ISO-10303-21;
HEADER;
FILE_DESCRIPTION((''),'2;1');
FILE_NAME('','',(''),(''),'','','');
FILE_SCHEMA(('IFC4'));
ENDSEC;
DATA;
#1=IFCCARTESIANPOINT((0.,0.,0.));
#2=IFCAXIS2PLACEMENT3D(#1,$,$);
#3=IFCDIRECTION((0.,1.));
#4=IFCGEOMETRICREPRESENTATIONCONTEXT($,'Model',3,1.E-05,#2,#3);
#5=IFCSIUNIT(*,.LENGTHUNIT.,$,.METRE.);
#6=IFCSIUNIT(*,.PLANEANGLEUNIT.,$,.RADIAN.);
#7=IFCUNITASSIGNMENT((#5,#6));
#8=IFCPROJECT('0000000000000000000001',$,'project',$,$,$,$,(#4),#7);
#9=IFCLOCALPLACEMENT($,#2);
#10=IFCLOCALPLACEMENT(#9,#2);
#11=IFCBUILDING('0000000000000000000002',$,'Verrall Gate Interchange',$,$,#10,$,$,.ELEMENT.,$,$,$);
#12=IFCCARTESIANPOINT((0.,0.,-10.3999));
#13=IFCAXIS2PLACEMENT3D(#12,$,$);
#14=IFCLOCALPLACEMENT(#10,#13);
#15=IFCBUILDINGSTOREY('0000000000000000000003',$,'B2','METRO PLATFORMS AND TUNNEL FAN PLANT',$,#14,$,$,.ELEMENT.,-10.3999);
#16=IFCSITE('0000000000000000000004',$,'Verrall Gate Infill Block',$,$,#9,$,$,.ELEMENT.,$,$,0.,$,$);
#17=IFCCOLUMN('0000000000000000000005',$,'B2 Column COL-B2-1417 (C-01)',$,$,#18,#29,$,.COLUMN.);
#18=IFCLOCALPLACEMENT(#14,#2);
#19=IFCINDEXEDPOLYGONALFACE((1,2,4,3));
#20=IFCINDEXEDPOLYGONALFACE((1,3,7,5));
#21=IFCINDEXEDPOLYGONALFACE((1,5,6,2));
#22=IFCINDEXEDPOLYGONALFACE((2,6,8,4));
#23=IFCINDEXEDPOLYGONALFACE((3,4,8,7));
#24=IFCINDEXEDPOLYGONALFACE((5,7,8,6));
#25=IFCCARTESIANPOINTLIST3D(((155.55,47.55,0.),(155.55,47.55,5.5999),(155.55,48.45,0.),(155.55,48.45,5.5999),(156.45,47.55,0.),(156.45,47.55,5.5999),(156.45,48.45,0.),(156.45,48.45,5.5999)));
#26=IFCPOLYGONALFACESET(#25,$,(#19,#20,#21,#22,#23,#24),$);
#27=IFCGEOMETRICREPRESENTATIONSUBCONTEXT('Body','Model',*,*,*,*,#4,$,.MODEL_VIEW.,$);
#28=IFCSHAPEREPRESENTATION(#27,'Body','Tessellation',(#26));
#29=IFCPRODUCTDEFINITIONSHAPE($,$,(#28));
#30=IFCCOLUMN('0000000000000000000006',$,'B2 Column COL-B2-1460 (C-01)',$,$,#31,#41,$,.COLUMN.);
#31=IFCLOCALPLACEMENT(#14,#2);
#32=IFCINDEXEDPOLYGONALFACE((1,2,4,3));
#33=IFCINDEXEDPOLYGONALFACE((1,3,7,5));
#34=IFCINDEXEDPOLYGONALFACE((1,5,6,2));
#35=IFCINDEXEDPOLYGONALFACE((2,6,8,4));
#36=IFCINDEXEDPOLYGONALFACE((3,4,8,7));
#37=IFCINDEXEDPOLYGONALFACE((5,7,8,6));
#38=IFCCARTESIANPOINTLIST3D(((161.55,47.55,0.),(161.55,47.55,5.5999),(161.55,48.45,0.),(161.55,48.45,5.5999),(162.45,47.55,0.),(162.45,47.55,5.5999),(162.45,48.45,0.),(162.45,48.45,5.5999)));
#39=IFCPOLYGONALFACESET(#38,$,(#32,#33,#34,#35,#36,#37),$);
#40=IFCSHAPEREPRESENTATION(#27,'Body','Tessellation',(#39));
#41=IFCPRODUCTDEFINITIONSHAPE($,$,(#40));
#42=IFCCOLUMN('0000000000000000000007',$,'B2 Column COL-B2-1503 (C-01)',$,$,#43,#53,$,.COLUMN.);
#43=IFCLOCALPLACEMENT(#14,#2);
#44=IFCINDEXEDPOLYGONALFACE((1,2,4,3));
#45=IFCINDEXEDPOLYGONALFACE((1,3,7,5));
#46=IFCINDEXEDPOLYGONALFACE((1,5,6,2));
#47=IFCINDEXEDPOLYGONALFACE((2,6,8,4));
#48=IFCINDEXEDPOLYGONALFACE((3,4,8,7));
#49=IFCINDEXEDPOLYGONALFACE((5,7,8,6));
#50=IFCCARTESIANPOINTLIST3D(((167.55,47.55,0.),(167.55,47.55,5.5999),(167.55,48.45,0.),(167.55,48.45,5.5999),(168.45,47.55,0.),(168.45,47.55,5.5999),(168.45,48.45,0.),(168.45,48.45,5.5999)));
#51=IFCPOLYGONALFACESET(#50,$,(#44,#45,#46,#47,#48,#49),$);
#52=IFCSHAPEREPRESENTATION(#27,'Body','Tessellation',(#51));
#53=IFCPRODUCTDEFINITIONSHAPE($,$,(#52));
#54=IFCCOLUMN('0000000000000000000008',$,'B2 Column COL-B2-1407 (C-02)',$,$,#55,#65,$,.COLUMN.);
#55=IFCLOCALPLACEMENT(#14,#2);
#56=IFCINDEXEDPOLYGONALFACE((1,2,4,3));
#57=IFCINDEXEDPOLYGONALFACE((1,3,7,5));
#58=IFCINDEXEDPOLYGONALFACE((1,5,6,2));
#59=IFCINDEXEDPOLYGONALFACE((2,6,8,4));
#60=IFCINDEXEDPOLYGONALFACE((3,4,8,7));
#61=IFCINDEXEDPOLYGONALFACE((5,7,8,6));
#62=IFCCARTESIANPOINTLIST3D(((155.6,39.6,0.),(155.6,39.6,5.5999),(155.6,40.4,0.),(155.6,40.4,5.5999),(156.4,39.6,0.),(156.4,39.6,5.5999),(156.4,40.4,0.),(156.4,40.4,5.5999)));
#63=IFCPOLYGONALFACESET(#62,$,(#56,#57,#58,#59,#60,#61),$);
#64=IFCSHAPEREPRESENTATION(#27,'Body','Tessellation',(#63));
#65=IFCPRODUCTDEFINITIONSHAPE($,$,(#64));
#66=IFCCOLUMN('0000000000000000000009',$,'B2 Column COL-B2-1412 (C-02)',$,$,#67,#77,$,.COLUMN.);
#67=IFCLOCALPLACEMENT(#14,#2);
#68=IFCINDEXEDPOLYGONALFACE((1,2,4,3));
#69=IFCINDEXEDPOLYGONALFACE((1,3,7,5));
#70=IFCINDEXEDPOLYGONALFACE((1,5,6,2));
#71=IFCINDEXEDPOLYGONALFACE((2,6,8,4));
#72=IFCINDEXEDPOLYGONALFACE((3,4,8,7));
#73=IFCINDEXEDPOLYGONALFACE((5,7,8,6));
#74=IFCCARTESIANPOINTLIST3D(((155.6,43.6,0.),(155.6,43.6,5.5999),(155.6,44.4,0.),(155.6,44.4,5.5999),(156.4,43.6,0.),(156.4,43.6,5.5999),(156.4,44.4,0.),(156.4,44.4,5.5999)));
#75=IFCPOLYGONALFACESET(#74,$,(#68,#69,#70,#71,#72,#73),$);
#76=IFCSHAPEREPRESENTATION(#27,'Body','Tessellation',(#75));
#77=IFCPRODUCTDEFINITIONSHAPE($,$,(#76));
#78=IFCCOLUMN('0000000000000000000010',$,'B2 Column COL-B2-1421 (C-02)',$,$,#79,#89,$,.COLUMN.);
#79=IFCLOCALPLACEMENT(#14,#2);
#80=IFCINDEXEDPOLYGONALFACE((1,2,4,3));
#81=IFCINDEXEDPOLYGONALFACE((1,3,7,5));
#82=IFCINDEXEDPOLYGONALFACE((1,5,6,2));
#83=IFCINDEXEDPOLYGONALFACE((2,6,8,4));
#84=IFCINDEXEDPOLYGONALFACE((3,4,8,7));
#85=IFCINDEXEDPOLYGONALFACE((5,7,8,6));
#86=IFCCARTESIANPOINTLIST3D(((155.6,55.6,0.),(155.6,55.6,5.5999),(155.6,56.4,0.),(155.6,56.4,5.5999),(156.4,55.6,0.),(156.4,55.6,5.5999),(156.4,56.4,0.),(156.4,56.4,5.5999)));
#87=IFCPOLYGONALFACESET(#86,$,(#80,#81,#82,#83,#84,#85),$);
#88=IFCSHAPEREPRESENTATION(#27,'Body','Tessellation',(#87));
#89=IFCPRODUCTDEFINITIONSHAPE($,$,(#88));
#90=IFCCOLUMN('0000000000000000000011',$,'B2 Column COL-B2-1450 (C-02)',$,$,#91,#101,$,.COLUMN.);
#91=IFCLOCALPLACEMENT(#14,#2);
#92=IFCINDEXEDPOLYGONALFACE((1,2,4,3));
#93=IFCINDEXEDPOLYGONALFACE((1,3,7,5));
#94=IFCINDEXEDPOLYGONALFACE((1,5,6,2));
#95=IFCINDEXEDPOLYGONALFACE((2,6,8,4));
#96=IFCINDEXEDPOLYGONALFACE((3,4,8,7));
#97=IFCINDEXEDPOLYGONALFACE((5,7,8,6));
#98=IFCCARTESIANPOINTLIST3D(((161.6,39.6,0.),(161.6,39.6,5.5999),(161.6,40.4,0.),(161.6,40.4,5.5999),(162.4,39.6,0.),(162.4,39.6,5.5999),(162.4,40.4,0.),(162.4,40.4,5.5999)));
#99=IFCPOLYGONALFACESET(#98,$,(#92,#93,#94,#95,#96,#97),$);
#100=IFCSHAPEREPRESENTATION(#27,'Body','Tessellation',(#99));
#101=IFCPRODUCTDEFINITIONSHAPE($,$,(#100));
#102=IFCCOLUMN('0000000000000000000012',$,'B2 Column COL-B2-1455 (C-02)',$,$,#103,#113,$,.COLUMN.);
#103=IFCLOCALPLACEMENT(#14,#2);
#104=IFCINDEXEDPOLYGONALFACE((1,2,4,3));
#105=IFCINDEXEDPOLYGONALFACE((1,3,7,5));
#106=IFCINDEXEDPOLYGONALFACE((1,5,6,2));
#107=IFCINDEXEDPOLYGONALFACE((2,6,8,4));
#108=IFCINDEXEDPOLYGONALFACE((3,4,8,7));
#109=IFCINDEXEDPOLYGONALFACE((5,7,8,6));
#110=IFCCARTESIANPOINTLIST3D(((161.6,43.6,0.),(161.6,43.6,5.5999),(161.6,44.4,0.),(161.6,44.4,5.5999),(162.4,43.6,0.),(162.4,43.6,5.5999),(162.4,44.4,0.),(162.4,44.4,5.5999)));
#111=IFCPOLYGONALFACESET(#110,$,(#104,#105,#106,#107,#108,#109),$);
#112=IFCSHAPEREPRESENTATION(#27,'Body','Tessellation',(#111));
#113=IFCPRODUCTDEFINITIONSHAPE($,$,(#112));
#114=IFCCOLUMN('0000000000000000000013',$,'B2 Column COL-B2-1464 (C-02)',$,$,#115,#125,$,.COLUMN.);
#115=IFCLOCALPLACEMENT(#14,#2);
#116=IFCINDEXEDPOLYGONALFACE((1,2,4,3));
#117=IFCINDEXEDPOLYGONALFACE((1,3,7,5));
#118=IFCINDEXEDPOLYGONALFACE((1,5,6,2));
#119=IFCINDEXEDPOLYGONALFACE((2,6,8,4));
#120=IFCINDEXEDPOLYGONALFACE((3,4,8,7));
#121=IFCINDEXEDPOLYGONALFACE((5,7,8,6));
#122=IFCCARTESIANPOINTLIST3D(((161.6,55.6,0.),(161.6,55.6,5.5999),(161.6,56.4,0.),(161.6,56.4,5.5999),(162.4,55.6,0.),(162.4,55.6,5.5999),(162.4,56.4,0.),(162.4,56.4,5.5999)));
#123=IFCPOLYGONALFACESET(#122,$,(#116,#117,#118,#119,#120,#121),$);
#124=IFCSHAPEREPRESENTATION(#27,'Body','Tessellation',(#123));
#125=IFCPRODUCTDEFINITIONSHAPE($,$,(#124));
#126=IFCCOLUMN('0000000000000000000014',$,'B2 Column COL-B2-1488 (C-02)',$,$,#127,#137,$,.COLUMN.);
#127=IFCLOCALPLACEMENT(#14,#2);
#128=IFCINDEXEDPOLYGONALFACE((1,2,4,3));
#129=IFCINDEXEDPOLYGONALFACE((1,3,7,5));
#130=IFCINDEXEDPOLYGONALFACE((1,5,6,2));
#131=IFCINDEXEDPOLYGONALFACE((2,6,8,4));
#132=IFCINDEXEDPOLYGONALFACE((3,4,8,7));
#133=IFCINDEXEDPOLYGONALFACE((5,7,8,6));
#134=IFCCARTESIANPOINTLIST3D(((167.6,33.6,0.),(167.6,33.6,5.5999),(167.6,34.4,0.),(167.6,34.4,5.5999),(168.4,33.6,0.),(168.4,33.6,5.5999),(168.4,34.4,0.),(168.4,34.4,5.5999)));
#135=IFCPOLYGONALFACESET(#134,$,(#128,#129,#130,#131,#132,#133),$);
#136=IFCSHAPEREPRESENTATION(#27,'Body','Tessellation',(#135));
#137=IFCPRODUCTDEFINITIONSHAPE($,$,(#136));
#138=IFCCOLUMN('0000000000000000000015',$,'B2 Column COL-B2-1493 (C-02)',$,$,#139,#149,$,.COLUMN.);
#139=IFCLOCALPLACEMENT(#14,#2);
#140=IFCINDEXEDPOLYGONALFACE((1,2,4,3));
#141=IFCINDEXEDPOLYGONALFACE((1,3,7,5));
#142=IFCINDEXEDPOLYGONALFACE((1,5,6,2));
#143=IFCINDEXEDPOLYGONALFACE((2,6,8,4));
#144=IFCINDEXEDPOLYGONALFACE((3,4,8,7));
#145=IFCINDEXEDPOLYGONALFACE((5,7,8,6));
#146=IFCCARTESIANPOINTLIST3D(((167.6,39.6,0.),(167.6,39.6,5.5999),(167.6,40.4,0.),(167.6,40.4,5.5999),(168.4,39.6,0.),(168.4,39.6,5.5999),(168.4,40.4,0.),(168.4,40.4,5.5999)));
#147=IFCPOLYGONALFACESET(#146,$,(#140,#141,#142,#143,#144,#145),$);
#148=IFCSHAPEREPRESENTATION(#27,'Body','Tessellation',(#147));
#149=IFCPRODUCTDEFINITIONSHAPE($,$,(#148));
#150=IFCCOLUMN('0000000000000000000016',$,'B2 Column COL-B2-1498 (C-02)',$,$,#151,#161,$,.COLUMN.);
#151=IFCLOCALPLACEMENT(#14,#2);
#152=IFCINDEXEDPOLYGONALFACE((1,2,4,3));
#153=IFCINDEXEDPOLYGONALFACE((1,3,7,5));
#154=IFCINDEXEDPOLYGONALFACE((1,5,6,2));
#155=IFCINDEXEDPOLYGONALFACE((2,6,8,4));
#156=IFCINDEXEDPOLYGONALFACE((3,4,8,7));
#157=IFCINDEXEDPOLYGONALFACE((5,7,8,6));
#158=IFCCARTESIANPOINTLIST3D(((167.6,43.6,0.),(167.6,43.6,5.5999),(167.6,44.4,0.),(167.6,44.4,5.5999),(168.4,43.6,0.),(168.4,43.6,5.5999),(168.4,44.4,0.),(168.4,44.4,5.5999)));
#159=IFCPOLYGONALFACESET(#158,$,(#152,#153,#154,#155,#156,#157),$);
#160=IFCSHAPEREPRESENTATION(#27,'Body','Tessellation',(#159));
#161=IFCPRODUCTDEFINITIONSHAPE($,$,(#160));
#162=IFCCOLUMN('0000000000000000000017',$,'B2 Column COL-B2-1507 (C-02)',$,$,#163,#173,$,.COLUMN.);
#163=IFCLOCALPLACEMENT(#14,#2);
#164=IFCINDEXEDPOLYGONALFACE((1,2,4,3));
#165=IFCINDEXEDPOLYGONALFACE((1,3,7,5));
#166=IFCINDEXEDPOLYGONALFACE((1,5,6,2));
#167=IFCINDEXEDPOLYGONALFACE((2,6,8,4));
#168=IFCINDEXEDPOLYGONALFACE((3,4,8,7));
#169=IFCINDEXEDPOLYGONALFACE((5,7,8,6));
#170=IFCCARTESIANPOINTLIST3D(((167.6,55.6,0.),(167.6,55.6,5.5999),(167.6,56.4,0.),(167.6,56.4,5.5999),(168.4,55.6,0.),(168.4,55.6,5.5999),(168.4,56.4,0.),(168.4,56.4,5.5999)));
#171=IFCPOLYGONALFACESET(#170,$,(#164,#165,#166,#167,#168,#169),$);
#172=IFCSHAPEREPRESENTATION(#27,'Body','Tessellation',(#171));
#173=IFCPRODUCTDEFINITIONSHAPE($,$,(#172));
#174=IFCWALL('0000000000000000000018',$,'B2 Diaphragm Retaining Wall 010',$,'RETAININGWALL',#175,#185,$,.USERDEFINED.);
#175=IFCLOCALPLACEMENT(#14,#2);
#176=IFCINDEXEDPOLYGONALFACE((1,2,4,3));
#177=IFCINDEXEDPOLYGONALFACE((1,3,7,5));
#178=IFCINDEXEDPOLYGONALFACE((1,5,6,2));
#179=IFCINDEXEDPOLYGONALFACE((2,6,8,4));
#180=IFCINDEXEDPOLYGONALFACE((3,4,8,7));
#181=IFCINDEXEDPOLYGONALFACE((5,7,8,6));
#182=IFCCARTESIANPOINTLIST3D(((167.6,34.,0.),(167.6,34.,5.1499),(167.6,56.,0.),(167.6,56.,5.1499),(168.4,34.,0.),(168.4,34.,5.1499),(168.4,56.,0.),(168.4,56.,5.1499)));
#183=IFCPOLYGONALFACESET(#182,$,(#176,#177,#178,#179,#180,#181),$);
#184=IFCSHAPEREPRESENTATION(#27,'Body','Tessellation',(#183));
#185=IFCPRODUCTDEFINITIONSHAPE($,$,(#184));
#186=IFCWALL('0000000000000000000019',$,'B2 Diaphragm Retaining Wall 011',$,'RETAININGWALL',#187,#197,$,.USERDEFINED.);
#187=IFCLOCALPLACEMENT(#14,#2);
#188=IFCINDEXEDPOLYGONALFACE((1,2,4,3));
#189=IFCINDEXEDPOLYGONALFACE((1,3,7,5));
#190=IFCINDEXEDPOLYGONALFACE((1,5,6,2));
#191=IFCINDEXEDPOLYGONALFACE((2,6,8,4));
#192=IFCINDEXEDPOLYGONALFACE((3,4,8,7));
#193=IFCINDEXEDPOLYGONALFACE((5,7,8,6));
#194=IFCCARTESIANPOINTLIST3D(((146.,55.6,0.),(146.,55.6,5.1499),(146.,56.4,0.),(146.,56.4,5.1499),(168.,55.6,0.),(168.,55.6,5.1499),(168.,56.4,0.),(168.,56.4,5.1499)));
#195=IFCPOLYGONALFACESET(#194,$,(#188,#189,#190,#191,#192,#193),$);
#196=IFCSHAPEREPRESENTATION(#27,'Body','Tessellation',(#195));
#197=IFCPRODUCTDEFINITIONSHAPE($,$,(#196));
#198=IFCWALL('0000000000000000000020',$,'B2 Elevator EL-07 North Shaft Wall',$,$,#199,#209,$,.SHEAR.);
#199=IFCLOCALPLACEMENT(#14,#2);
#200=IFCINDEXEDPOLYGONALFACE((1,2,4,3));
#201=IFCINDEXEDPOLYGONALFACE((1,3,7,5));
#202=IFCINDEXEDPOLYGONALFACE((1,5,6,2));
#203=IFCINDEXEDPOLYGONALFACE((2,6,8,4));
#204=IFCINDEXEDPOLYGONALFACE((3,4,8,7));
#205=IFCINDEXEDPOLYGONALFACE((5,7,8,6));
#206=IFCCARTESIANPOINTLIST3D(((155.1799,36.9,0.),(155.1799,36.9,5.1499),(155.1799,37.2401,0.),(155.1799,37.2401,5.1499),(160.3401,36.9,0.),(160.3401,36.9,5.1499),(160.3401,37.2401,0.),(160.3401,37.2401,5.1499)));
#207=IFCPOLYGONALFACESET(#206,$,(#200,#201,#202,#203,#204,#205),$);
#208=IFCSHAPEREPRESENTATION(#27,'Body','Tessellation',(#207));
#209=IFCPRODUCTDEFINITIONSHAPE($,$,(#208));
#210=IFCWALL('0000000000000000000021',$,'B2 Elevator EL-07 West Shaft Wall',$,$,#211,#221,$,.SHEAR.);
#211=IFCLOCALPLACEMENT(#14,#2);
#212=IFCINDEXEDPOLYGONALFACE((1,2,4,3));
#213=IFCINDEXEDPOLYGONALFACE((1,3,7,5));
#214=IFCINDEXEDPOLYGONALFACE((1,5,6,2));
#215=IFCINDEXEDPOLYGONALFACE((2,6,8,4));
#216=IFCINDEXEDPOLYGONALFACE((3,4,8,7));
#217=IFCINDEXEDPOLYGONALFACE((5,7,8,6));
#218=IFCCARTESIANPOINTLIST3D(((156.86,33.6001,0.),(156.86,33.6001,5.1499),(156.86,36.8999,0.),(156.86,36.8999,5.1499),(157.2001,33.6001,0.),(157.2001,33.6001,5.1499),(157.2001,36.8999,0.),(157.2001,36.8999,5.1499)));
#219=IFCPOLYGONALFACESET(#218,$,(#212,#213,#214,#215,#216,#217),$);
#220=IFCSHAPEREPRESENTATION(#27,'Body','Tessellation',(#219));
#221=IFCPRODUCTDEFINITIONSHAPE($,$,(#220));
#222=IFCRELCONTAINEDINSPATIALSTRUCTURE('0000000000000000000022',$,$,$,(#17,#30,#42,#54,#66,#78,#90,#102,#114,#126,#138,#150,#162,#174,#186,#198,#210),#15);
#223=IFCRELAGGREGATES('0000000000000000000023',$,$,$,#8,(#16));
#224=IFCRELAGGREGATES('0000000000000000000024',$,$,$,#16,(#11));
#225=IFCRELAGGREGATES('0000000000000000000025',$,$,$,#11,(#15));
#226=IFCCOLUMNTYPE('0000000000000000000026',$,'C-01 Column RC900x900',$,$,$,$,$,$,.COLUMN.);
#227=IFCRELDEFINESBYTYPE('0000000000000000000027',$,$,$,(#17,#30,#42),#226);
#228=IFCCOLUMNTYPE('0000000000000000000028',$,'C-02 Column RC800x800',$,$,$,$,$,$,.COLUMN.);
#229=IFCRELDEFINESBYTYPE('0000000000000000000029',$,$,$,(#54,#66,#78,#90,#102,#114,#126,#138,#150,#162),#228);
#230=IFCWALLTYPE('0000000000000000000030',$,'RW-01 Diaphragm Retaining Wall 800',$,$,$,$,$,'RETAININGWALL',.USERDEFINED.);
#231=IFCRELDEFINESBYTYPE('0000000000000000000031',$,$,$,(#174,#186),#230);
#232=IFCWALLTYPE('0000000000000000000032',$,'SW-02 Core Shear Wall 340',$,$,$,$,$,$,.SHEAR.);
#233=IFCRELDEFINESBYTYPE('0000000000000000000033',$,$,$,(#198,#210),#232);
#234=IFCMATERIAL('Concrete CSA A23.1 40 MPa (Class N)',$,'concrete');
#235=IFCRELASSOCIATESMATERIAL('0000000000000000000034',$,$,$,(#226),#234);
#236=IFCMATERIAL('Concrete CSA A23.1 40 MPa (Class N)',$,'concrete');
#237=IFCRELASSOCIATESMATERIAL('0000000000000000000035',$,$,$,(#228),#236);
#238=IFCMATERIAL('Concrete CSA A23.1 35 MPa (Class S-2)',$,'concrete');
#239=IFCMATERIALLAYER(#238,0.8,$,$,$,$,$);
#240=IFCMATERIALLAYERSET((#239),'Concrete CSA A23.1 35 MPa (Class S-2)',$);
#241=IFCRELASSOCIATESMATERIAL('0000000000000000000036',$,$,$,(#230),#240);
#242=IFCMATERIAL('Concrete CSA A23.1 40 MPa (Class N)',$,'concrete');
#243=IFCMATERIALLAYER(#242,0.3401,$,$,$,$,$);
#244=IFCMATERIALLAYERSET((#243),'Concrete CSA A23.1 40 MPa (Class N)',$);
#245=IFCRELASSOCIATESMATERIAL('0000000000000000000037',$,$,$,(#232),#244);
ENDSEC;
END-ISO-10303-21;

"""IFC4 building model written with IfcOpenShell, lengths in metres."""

from ifc_helpers import new_model, si_unit, direction, frame, frame_2d, origin, origin_2d, place, context, subcontext, project, spatial, rectangle, extrude, material, layer, layer_set, material_profile, profile_set, type_object, element, save


model = new_model("IFC4")

# Units and contexts
model_context = context("Model", 3, precision=1e-05, world=origin(), true_north=direction((0.0, 1.0)))
body_context = subcontext(model_context, "Body", "Model", "MODEL_VIEW")
ifc_project = project(units=[si_unit("LENGTHUNIT", "METRE"), si_unit("PLANEANGLEUNIT", "RADIAN")], contexts=[model_context])

# Site, building, storey
site_placement = place(None, origin())
site = spatial("IfcSite", under=ifc_project, at=site_placement, Name="Verrall Gate Infill Block", CompositionType="ELEMENT", RefElevation=0.0)
building_placement = place(site_placement, origin())
building = spatial("IfcBuilding", under=site, at=building_placement, Name="Verrall Gate Interchange", CompositionType="ELEMENT")
storey_placement = place(building_placement, frame((0.0, 0.0, -10.3999)))
storey = spatial("IfcBuildingStorey", under=building, at=storey_placement, Name="B2", Description="METRO PLATFORMS AND TUNNEL FAN PLANT", CompositionType="ELEMENT", Elevation=-10.3999)

# Columns
ifc_material_1 = material(Name="Concrete CSA A23.1 40 MPa (Class N)", Category="concrete")
ifc_material_profile_1 = material_profile(ifc_material_1, rectangle(XDim=0.8999, YDim=0.8999, at=origin_2d()), Name="RC900x900")
ifc_profile_set_1 = profile_set([ifc_material_profile_1], Name="Concrete CSA A23.1 40 MPa (Class N)")
column_type_1 = type_object("IfcColumnType", Name="C-01 Column RC900x900", PredefinedType="COLUMN", material=ifc_profile_set_1)
for number, where, z_axis, x_axis, name in (
    (1, (156.0, 48.0, 0.0), (0.0, 0.0, 1.0), (1.0, 0.0, 0.0), "B2 Column COL-B2-1417 (C-01)"),
    (2, (162.0, 48.0, 0.0), (0.0, 0.0, 1.0), (1.0, 0.0, 0.0), "B2 Column COL-B2-1460 (C-01)"),
    (3, (168.0, 48.0, 0.0), (0.0, 0.0, 1.0), (1.0, 0.0, 0.0), "B2 Column COL-B2-1503 (C-01)"),
):
    element("IfcColumn", number, at=place(storey_placement, frame(where, z_axis=z_axis, x_axis=x_axis)), inside=storey, type_object=column_type_1, Name=name, PredefinedType="COLUMN", context=body_context, shape_type="SweptSolid", body=[
        extrude(rectangle(XDim=0.8999, YDim=0.8999, at=origin_2d()), origin(), (0.0, 0.0, 1.0), 5.5999),
    ])
ifc_material_2 = material(Name="Concrete CSA A23.1 40 MPa (Class N)", Category="concrete")
ifc_material_profile_2 = material_profile(ifc_material_2, rectangle(XDim=0.8, YDim=0.8, at=origin_2d()), Name="RC800x800")
ifc_profile_set_2 = profile_set([ifc_material_profile_2], Name="Concrete CSA A23.1 40 MPa (Class N)")
column_type_2 = type_object("IfcColumnType", Name="C-02 Column RC800x800", PredefinedType="COLUMN", material=ifc_profile_set_2)
for number, where, z_axis, x_axis, name in (
    (4, (156.0, 40.0, 0.0), (0.0, 0.0, 1.0), (1.0, 0.0, 0.0), "B2 Column COL-B2-1407 (C-02)"),
    (5, (156.0, 44.0, 0.0), (0.0, 0.0, 1.0), (1.0, 0.0, 0.0), "B2 Column COL-B2-1412 (C-02)"),
    (6, (156.0, 56.0, 0.0), (0.0, 0.0, 1.0), (1.0, 0.0, 0.0), "B2 Column COL-B2-1421 (C-02)"),
    (7, (162.0, 40.0, 0.0), (0.0, 0.0, 1.0), (1.0, 0.0, 0.0), "B2 Column COL-B2-1450 (C-02)"),
    (8, (162.0, 44.0, 0.0), (0.0, 0.0, 1.0), (1.0, 0.0, 0.0), "B2 Column COL-B2-1455 (C-02)"),
    (9, (162.0, 56.0, 0.0), (0.0, 0.0, 1.0), (1.0, 0.0, 0.0), "B2 Column COL-B2-1464 (C-02)"),
    (10, (168.0, 34.0, 0.0), (0.0, 0.0, 1.0), (1.0, 0.0, 0.0), "B2 Column COL-B2-1488 (C-02)"),
    (11, (168.0, 40.0, 0.0), (0.0, 0.0, 1.0), (1.0, 0.0, 0.0), "B2 Column COL-B2-1493 (C-02)"),
    (12, (168.0, 44.0, 0.0), (0.0, 0.0, 1.0), (1.0, 0.0, 0.0), "B2 Column COL-B2-1498 (C-02)"),
    (13, (168.0, 56.0, 0.0), (0.0, 0.0, 1.0), (1.0, 0.0, 0.0), "B2 Column COL-B2-1507 (C-02)"),
):
    element("IfcColumn", number, at=place(storey_placement, frame(where, z_axis=z_axis, x_axis=x_axis)), inside=storey, type_object=column_type_2, Name=name, PredefinedType="COLUMN", context=body_context, shape_type="SweptSolid", body=[
        extrude(rectangle(XDim=0.8, YDim=0.8, at=origin_2d()), origin(), (0.0, 0.0, 1.0), 5.5999),
    ])

# Walls
ifc_material_3 = material(Name="Concrete CSA A23.1 35 MPa (Class S-2)", Category="concrete")
ifc_layer_1 = layer(ifc_material_3, 0.8)
ifc_layer_set_1 = layer_set([ifc_layer_1], Name="Concrete CSA A23.1 35 MPa (Class S-2)")
wall_type_1 = type_object("IfcWallType", Name="RW-01 Diaphragm Retaining Wall 800", ElementType="RETAININGWALL", PredefinedType="USERDEFINED", material=ifc_layer_set_1)
for number, where, z_axis, x_axis, name in (
    (14, (168.0, 34.0, 0.0), (0.0, 0.0, 1.0), (0.0, 1.0, 0.0), "B2 Diaphragm Retaining Wall 010"),
    (15, (168.0, 56.0, 0.0), (0.0, 0.0, 1.0), (-1.0, 0.0, 0.0), "B2 Diaphragm Retaining Wall 011"),
):
    element("IfcWall", number, at=place(storey_placement, frame(where, z_axis=z_axis, x_axis=x_axis)), inside=storey, type_object=wall_type_1, Name=name, ObjectType="RETAININGWALL", PredefinedType="USERDEFINED", context=body_context, shape_type="SweptSolid", body=[
        extrude(rectangle(XDim=22.0, YDim=0.8, at=frame_2d((11.0, 0.0))), origin(), (0.0, 0.0, 1.0), 5.1499),
    ])
ifc_material_4 = material(Name="Concrete CSA A23.1 40 MPa (Class N)", Category="concrete")
ifc_layer_2 = layer(ifc_material_4, 0.3401)
ifc_layer_set_2 = layer_set([ifc_layer_2], Name="Concrete CSA A23.1 40 MPa (Class N)")
wall_type_2 = type_object("IfcWallType", Name="SW-02 Core Shear Wall 340", PredefinedType="SHEAR", material=ifc_layer_set_2)
wall_1_placement = place(storey_placement, frame((160.3401, 37.0701, 0.0), z_axis=(0.0, 0.0, 1.0), x_axis=(-1.0, 0.0, 0.0)))
element("IfcWall", 16, at=wall_1_placement, inside=storey, type_object=wall_type_2, Name="B2 Elevator EL-07 North Shaft Wall", PredefinedType="SHEAR", context=body_context, shape_type="SweptSolid", body=[
    extrude(rectangle(XDim=5.1602, YDim=0.3401, at=frame_2d((2.5801, 0.0))), origin(), (0.0, 0.0, 1.0), 5.1499),
])
wall_2_placement = place(storey_placement, frame((157.03, 36.8999, 0.0), z_axis=(0.0, 0.0, 1.0), x_axis=(0.0, -1.0, 0.0)))
element("IfcWall", 17, at=wall_2_placement, inside=storey, type_object=wall_type_2, Name="B2 Elevator EL-07 West Shaft Wall", PredefinedType="SHEAR", context=body_context, shape_type="SweptSolid", body=[
    extrude(rectangle(XDim=3.2998, YDim=0.3401, at=frame_2d((1.6499, 0.0))), origin(), (0.0, 0.0, 1.0), 5.1499),
])

save(model, "model.ifc")
